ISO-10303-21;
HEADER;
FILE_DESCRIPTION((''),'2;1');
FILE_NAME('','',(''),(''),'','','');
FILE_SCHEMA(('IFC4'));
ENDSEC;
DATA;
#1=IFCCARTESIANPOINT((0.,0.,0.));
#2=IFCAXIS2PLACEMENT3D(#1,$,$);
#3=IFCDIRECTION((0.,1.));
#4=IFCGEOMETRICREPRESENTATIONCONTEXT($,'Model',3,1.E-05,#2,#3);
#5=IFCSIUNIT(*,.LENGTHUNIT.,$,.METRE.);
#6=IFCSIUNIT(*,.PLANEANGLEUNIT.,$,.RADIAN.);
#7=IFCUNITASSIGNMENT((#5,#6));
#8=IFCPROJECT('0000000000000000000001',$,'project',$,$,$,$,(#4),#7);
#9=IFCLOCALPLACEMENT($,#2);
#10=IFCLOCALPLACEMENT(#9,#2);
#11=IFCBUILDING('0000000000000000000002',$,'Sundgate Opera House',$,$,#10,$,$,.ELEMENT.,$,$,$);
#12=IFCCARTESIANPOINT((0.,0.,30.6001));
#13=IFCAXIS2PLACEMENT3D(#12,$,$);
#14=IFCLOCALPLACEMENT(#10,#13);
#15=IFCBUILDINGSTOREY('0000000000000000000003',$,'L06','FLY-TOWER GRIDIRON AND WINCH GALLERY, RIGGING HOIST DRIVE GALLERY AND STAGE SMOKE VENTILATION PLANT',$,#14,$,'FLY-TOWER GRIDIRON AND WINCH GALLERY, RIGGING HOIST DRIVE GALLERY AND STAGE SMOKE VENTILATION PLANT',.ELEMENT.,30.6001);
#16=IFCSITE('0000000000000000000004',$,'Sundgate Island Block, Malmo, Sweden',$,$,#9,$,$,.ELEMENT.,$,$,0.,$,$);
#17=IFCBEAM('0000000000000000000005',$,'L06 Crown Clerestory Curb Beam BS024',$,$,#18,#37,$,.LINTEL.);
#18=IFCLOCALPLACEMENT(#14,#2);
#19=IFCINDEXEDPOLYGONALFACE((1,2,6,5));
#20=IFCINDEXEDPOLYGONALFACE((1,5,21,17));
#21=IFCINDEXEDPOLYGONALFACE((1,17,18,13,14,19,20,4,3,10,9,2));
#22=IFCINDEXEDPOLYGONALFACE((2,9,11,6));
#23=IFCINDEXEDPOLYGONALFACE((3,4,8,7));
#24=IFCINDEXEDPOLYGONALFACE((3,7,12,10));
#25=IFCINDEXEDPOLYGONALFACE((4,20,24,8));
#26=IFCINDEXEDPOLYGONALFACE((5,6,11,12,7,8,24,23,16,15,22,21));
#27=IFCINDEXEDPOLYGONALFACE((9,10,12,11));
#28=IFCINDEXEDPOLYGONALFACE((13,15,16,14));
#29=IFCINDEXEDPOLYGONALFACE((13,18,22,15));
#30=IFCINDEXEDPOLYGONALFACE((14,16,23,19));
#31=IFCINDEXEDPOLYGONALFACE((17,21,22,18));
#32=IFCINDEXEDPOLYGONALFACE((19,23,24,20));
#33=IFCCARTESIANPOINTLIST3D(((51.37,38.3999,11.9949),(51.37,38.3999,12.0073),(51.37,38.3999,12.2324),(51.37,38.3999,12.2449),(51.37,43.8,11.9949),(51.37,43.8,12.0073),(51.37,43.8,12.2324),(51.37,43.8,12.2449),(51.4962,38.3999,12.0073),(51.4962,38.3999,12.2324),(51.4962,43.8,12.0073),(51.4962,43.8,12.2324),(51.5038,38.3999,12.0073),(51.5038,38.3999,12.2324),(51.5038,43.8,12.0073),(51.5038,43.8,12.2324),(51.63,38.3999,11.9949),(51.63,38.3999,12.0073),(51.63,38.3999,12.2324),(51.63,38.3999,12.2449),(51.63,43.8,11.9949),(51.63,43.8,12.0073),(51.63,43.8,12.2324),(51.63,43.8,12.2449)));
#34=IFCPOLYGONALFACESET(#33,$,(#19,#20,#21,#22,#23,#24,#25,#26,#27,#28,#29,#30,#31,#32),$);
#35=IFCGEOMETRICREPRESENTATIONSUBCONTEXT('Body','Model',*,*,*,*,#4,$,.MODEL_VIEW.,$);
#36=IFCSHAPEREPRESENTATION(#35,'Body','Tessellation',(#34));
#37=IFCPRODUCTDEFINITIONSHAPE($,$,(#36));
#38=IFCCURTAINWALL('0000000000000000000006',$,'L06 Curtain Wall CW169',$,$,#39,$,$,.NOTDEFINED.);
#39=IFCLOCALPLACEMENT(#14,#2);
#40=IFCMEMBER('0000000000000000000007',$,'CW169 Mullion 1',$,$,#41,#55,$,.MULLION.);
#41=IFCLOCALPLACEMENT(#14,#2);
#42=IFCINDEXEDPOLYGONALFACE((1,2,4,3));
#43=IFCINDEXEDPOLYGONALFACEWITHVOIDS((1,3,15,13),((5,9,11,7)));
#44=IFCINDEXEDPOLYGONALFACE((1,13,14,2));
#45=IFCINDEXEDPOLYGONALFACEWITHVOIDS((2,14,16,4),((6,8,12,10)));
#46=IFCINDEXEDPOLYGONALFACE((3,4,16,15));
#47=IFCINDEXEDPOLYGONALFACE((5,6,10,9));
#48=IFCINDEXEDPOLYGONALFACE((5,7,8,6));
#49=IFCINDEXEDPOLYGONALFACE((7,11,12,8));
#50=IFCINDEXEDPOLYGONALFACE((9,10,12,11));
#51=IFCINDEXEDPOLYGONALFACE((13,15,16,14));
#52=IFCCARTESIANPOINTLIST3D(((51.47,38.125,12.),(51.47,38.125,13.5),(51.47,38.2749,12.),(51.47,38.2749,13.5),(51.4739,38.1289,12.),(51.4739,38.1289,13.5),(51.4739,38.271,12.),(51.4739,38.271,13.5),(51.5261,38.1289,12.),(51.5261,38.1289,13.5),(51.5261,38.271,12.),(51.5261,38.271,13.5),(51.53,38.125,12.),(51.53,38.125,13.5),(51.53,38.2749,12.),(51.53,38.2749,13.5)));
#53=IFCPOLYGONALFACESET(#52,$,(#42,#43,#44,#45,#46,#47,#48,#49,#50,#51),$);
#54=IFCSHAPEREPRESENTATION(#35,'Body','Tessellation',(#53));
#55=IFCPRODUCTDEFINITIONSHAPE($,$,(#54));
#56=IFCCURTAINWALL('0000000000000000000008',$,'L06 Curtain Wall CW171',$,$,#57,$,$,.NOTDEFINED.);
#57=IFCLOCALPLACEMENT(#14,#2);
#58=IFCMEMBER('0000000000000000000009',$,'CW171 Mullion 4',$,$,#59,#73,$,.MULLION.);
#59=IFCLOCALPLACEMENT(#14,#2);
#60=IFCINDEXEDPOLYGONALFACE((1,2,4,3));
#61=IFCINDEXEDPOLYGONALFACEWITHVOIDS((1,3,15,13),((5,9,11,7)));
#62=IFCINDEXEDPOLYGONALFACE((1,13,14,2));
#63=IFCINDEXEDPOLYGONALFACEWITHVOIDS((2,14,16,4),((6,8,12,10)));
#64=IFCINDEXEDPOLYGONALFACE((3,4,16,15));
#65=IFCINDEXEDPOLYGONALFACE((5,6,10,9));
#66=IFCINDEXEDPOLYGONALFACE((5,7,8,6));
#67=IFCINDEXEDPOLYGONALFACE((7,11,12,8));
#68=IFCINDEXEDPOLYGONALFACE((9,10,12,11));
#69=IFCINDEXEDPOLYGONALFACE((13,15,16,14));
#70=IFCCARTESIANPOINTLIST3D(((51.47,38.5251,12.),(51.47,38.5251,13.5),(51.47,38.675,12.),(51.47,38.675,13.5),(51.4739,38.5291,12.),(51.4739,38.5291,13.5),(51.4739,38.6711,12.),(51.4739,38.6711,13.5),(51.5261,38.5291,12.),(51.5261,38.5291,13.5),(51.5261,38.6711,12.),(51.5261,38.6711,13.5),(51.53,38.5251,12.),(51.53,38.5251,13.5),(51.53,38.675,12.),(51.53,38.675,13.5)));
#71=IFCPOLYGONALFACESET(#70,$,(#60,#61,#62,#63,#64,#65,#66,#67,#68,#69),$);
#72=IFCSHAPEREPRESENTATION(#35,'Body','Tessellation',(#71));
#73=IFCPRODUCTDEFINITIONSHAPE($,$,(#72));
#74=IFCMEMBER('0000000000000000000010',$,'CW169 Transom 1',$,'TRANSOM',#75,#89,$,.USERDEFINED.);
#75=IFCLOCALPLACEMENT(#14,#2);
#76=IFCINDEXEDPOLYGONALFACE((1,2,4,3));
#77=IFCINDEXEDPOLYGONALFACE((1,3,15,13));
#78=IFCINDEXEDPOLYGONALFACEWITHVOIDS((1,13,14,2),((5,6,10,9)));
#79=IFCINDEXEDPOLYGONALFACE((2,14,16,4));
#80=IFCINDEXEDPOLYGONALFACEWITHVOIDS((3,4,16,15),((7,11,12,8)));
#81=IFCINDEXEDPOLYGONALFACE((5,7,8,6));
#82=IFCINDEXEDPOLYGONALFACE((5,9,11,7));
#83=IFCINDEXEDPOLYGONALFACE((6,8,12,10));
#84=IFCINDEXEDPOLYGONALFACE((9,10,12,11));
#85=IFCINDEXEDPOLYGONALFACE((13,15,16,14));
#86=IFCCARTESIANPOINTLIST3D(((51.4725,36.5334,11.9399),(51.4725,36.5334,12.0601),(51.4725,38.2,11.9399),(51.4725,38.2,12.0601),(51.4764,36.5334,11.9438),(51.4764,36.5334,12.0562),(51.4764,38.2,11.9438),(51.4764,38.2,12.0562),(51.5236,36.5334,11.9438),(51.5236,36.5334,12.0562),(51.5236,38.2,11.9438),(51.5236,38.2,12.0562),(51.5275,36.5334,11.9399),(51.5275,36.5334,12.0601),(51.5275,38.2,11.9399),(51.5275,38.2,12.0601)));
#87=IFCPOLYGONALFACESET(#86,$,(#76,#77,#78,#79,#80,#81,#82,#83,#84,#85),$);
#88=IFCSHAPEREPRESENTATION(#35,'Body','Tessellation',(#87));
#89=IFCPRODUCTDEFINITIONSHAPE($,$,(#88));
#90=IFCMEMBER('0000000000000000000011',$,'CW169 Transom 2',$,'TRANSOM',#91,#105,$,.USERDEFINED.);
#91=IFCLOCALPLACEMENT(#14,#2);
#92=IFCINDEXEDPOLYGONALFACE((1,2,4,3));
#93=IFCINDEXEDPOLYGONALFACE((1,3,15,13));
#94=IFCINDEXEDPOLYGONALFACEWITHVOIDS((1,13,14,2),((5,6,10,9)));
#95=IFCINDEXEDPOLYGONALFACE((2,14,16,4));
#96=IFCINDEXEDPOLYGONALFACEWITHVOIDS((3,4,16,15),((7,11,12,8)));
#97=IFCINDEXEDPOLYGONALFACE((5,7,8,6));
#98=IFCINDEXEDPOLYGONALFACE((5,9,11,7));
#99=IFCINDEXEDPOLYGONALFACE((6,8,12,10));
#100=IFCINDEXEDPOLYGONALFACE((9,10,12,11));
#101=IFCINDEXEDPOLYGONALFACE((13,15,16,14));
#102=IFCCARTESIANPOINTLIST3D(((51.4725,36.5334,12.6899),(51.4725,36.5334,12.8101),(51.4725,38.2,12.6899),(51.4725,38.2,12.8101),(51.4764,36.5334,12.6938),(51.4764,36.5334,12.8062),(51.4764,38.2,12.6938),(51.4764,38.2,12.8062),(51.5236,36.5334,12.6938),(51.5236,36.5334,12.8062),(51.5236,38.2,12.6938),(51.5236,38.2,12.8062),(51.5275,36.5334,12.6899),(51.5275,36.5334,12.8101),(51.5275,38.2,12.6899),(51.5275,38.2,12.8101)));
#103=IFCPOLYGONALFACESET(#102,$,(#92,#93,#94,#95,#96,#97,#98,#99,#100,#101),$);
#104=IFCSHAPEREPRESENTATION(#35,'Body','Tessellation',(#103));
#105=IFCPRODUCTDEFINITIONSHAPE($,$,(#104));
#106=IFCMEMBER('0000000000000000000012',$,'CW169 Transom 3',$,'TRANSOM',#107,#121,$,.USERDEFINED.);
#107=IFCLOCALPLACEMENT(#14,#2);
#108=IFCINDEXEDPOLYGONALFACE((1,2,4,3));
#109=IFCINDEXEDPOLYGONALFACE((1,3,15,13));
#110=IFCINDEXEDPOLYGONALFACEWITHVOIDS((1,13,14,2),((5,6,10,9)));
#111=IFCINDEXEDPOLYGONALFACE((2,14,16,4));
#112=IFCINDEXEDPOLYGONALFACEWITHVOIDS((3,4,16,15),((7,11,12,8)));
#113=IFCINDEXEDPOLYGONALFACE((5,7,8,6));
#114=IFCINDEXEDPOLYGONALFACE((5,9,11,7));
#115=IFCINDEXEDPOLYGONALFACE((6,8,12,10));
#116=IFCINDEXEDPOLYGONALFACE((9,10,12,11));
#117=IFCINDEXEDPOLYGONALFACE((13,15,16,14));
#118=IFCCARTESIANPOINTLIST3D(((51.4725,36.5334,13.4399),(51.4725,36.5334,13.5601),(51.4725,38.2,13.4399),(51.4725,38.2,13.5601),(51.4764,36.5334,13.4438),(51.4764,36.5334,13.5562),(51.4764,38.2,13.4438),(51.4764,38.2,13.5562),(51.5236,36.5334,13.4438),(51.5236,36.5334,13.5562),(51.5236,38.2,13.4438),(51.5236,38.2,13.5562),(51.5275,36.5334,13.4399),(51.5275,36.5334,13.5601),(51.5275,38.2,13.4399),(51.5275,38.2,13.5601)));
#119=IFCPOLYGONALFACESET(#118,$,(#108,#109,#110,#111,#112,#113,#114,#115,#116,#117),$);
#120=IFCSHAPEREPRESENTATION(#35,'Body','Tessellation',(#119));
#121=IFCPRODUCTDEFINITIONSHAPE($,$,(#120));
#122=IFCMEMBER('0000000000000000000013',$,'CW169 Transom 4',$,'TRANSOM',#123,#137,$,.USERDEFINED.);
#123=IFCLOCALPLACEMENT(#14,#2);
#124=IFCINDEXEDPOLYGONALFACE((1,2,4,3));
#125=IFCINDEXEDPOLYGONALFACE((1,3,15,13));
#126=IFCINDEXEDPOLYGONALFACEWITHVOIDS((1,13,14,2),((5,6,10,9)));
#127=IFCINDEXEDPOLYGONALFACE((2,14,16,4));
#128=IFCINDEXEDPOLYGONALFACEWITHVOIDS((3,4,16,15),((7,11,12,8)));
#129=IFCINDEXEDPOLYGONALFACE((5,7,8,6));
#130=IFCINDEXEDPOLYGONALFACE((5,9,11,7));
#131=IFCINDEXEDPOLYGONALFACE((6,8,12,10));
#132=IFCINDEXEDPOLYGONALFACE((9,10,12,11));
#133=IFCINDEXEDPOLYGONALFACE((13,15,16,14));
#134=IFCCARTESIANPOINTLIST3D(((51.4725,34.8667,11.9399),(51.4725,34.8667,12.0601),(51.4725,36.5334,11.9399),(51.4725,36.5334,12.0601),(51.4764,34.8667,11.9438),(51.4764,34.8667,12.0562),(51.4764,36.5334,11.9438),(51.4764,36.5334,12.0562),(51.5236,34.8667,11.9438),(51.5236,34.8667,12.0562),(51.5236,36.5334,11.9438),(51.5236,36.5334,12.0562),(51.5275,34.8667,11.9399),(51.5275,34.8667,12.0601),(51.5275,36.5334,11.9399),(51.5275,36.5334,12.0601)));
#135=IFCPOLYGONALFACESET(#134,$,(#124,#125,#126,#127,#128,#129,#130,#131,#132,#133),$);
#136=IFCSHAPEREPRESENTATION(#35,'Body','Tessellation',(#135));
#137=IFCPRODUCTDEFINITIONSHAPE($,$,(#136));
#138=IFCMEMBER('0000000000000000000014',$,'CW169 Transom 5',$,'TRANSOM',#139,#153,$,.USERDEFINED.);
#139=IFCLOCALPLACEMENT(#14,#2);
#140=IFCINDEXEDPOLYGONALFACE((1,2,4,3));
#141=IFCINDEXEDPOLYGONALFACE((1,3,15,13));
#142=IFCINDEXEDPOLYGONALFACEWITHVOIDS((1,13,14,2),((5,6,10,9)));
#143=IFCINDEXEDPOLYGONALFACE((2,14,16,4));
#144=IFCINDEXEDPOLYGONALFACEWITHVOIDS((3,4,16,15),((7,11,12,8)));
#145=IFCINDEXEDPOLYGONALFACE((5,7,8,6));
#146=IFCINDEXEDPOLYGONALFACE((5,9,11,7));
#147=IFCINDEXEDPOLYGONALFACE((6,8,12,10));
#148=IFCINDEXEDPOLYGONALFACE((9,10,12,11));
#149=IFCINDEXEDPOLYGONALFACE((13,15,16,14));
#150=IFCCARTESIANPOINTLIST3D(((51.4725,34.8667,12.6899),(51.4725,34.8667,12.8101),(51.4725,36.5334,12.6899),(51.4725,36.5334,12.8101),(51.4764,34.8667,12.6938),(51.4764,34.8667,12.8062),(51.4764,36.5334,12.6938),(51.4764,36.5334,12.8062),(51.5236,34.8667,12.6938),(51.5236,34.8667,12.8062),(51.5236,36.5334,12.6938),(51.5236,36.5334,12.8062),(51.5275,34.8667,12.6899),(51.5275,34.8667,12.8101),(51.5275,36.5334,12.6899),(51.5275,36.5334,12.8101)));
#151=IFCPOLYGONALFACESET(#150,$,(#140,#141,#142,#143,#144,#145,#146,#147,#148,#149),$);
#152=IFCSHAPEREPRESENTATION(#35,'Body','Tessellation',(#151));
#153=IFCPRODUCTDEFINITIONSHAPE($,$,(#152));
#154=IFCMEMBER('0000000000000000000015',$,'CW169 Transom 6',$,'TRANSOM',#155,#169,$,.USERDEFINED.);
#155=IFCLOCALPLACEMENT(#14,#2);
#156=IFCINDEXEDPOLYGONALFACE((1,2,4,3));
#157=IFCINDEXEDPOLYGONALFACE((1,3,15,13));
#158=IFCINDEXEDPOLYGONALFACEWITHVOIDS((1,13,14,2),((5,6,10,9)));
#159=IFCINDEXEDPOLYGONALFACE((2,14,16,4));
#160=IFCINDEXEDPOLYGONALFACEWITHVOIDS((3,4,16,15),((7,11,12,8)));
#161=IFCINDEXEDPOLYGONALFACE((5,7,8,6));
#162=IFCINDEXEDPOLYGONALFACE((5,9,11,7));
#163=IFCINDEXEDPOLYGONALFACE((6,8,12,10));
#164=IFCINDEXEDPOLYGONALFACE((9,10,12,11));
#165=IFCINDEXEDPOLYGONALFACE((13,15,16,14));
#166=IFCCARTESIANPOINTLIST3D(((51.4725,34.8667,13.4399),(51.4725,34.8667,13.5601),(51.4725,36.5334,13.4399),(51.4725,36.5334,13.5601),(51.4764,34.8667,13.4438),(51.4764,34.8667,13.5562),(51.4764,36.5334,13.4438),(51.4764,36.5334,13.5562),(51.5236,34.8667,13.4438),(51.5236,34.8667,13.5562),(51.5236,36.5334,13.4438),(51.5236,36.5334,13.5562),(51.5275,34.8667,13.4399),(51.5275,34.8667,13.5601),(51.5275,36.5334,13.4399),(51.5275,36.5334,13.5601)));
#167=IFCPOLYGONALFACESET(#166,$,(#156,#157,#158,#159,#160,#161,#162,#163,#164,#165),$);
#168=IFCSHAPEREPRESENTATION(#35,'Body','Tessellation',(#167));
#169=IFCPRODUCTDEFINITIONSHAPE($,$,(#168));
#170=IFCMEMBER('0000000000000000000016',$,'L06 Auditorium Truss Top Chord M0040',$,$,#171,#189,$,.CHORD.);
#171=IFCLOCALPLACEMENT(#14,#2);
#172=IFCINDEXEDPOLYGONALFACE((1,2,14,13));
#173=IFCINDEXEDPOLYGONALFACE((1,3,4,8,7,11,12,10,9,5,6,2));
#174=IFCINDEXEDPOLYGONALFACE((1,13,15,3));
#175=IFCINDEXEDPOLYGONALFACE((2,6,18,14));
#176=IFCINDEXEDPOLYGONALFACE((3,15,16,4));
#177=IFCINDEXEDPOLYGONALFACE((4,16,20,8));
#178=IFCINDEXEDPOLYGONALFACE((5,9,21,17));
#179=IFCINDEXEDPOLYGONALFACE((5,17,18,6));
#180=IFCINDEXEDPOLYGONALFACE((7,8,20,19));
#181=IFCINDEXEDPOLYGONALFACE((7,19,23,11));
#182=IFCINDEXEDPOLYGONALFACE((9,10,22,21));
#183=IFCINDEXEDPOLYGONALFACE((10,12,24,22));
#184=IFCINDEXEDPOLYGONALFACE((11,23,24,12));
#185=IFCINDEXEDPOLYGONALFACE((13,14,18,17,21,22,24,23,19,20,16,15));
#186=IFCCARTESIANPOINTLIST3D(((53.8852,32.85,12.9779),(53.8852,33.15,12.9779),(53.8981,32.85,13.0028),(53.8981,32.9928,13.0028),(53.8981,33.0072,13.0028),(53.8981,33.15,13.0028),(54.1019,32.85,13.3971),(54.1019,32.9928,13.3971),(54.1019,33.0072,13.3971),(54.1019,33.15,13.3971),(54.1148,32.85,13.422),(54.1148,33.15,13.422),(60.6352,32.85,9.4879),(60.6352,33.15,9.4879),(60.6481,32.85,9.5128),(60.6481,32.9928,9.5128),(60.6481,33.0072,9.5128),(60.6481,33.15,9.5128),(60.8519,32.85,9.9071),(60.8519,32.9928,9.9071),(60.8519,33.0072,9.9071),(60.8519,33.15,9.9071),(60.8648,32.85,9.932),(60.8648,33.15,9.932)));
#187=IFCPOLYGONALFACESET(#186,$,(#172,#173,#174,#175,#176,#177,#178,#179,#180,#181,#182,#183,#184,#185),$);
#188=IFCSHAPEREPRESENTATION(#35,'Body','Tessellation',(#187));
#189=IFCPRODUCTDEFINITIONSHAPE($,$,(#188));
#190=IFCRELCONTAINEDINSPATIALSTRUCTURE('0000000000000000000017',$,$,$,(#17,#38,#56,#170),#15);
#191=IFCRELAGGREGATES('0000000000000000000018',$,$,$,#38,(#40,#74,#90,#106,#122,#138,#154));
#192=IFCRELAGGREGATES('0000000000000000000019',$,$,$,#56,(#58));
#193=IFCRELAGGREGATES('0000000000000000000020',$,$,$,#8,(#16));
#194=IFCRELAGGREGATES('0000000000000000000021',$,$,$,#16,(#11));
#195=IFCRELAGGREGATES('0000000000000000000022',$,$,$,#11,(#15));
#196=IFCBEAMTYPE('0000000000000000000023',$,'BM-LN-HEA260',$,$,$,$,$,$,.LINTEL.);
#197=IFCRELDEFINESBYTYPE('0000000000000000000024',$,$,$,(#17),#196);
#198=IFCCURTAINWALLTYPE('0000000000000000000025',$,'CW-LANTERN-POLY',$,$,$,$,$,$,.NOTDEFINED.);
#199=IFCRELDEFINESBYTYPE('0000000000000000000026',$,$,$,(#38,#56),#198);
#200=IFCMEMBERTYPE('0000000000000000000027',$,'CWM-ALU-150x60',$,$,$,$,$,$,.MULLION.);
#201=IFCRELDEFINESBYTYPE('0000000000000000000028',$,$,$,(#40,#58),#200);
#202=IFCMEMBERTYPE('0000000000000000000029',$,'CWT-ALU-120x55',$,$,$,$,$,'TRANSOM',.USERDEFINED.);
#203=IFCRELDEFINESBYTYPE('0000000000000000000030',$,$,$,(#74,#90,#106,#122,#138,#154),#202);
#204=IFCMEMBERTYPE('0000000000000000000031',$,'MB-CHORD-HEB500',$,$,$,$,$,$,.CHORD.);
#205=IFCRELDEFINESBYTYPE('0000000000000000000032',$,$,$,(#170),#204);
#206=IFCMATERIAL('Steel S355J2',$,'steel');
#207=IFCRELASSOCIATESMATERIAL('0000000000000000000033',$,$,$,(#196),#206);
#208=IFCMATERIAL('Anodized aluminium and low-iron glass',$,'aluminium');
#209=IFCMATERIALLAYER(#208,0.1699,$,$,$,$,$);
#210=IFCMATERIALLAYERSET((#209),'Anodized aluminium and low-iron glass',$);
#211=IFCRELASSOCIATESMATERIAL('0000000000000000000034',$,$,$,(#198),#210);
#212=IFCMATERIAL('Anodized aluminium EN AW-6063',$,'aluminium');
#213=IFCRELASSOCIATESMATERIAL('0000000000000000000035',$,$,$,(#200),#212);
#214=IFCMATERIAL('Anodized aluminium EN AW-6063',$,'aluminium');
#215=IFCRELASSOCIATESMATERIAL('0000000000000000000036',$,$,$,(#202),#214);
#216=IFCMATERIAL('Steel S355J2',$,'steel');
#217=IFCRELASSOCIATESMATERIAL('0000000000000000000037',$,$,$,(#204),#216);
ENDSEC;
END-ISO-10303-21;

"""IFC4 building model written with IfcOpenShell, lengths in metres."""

from ifc_helpers import new_model, si_unit, direction, frame, origin, origin_2d, place, context, subcontext, project, spatial, hollow_rectangle, i_section, extrude, material, layer, layer_set, material_profile, profile_set, type_object, element, aggregate, save


model = new_model("IFC4")

# Units and contexts
model_context = context("Model", 3, precision=1e-05, world=origin(), true_north=direction((0.0, 1.0)))
body_context = subcontext(model_context, "Body", "Model", "MODEL_VIEW")
ifc_project = project(units=[si_unit("LENGTHUNIT", "METRE"), si_unit("PLANEANGLEUNIT", "RADIAN")], contexts=[model_context])

# Site, building, storey
site_placement = place(None, origin())
site = spatial("IfcSite", under=ifc_project, at=site_placement, Name="Sundgate Island Block, Malmo, Sweden", CompositionType="ELEMENT", RefElevation=0.0)
building_placement = place(site_placement, origin())
building = spatial("IfcBuilding", under=site, at=building_placement, Name="Sundgate Opera House", CompositionType="ELEMENT")
storey_placement = place(building_placement, frame((0.0, 0.0, 30.6001)))
storey = spatial("IfcBuildingStorey", under=building, at=storey_placement, Name="L06", Description="FLY-TOWER GRIDIRON AND WINCH GALLERY, RIGGING HOIST DRIVE GALLERY AND STAGE SMOKE VENTILATION PLANT", LongName="FLY-TOWER GRIDIRON AND WINCH GALLERY, RIGGING HOIST DRIVE GALLERY AND STAGE SMOKE VENTILATION PLANT", CompositionType="ELEMENT", Elevation=30.6001)

# Beam
ifc_material_1 = material(Name="Steel S355J2", Category="steel")
ifc_material_profile_1 = material_profile(ifc_material_1, i_section(OverallWidth=0.26, OverallDepth=0.25, WebThickness=0.0076, FlangeThickness=0.0125, at=origin_2d()), Name="HEA 260")
ifc_profile_set_1 = profile_set([ifc_material_profile_1], Name="Steel S355J2")
beam_type = type_object("IfcBeamType", Name="BM-LN-HEA260", PredefinedType="LINTEL", material=ifc_profile_set_1)
beam_placement = place(storey_placement, frame((51.5, 38.3999, 12.1199), z_axis=(0.0, 1.0, 0.0), x_axis=(-1.0, 0.0, 0.0)))
element("IfcBeam", 1, at=beam_placement, inside=storey, type_object=beam_type, Name="L06 Crown Clerestory Curb Beam BS024", PredefinedType="LINTEL", context=body_context, shape_type="SweptSolid", body=[
    extrude(i_section(OverallWidth=0.26, OverallDepth=0.25, WebThickness=0.0076, FlangeThickness=0.0125, at=origin_2d()), origin(), (0.0, 0.0, 1.0), 5.4001),
])

# Curtain walls, members
ifc_material_2 = material(Name="Anodized aluminium and low-iron glass", Category="aluminium")
ifc_layer_1 = layer(ifc_material_2, 0.1699)
ifc_layer_set_1 = layer_set([ifc_layer_1], Name="Anodized aluminium and low-iron glass")
curtain_wall_type = type_object("IfcCurtainWallType", Name="CW-LANTERN-POLY", PredefinedType="NOTDEFINED", material=ifc_layer_set_1)
curtain_wall_1_placement = place(storey_placement, origin())
curtain_wall_1 = element("IfcCurtainWall", 2, at=curtain_wall_1_placement, inside=storey, type_object=curtain_wall_type, Name="L06 Curtain Wall CW169", PredefinedType="NOTDEFINED")
ifc_material_3 = material(Name="Anodized aluminium EN AW-6063", Category="aluminium")
ifc_material_profile_2 = material_profile(ifc_material_3, hollow_rectangle(XDim=0.0601, YDim=0.1499, WallThickness=0.0039, at=origin_2d()), Name="CWM 150x60x4")
ifc_profile_set_2 = profile_set([ifc_material_profile_2], Name="Anodized aluminium EN AW-6063")
member_type_1 = type_object("IfcMemberType", Name="CWM-ALU-150x60", PredefinedType="MULLION", material=ifc_profile_set_2)
member_1_placement = place(storey_placement, frame((51.5, 38.2, 12.0), z_axis=(0.0, 0.0, 1.0), x_axis=(1.0, 0.0, 0.0)))
member_1 = element("IfcMember", 3, at=member_1_placement, type_object=member_type_1, Name="CW169 Mullion 1", PredefinedType="MULLION", context=body_context, shape_type="SweptSolid", body=[
    extrude(hollow_rectangle(XDim=0.0601, YDim=0.1499, WallThickness=0.0039, at=origin_2d()), origin(), (0.0, 0.0, 1.0), 1.5),
])
curtain_wall_2_placement = place(storey_placement, origin())
curtain_wall_2 = element("IfcCurtainWall", 4, at=curtain_wall_2_placement, inside=storey, type_object=curtain_wall_type, Name="L06 Curtain Wall CW171", PredefinedType="NOTDEFINED")
member_2_placement = place(storey_placement, frame((51.5, 38.6001, 12.0), z_axis=(0.0, 0.0, 1.0), x_axis=(1.0, 0.0, 0.0)))
member_2 = element("IfcMember", 5, at=member_2_placement, type_object=member_type_1, Name="CW171 Mullion 4", PredefinedType="MULLION", context=body_context, shape_type="SweptSolid", body=[
    extrude(hollow_rectangle(XDim=0.0601, YDim=0.1499, WallThickness=0.0039, at=origin_2d()), origin(), (0.0, 0.0, 1.0), 1.5),
])

# Members
ifc_material_4 = material(Name="Anodized aluminium EN AW-6063", Category="aluminium")
ifc_material_profile_3 = material_profile(ifc_material_4, hollow_rectangle(XDim=0.0549, YDim=0.1201, WallThickness=0.0039, at=origin_2d()), Name="CWT 120x55x4")
ifc_profile_set_3 = profile_set([ifc_material_profile_3], Name="Anodized aluminium EN AW-6063")
member_type_2 = type_object("IfcMemberType", Name="CWT-ALU-120x55", ElementType="TRANSOM", PredefinedType="USERDEFINED", material=ifc_profile_set_3)
member_3_placement = place(storey_placement, frame((51.5, 38.2, 12.0), z_axis=(0.0, -1.0, 0.0), x_axis=(1.0, 0.0, 0.0)))
member_3 = element("IfcMember", 6, at=member_3_placement, type_object=member_type_2, Name="CW169 Transom 1", ObjectType="TRANSOM", PredefinedType="USERDEFINED", context=body_context, shape_type="SweptSolid", body=[
    extrude(hollow_rectangle(XDim=0.0549, YDim=0.1201, WallThickness=0.0039, at=origin_2d()), origin(), (0.0, 0.0, 1.0), 1.6665),
])
member_4_placement = place(storey_placement, frame((51.5, 38.2, 12.75), z_axis=(0.0, -1.0, 0.0), x_axis=(1.0, 0.0, 0.0)))
member_4 = element("IfcMember", 7, at=member_4_placement, type_object=member_type_2, Name="CW169 Transom 2", ObjectType="TRANSOM", PredefinedType="USERDEFINED", context=body_context, shape_type="SweptSolid", body=[
    extrude(hollow_rectangle(XDim=0.0549, YDim=0.1201, WallThickness=0.0039, at=origin_2d()), origin(), (0.0, 0.0, 1.0), 1.6665),
])
member_5_placement = place(storey_placement, frame((51.5, 38.2, 13.5), z_axis=(0.0, -1.0, 0.0), x_axis=(1.0, 0.0, 0.0)))
member_5 = element("IfcMember", 8, at=member_5_placement, type_object=member_type_2, Name="CW169 Transom 3", ObjectType="TRANSOM", PredefinedType="USERDEFINED", context=body_context, shape_type="SweptSolid", body=[
    extrude(hollow_rectangle(XDim=0.0549, YDim=0.1201, WallThickness=0.0039, at=origin_2d()), origin(), (0.0, 0.0, 1.0), 1.6665),
])
member_6_placement = place(storey_placement, frame((51.5, 36.5334, 12.0), z_axis=(0.0, -1.0, 0.0), x_axis=(1.0, 0.0, 0.0)))
member_6 = element("IfcMember", 9, at=member_6_placement, type_object=member_type_2, Name="CW169 Transom 4", ObjectType="TRANSOM", PredefinedType="USERDEFINED", context=body_context, shape_type="SweptSolid", body=[
    extrude(hollow_rectangle(XDim=0.0549, YDim=0.1201, WallThickness=0.0039, at=origin_2d()), origin(), (0.0, 0.0, 1.0), 1.6667),
])
member_7_placement = place(storey_placement, frame((51.5, 36.5334, 12.75), z_axis=(0.0, -1.0, 0.0), x_axis=(1.0, 0.0, 0.0)))
member_7 = element("IfcMember", 10, at=member_7_placement, type_object=member_type_2, Name="CW169 Transom 5", ObjectType="TRANSOM", PredefinedType="USERDEFINED", context=body_context, shape_type="SweptSolid", body=[
    extrude(hollow_rectangle(XDim=0.0549, YDim=0.1201, WallThickness=0.0039, at=origin_2d()), origin(), (0.0, 0.0, 1.0), 1.6667),
])
member_8_placement = place(storey_placement, frame((51.5, 36.5334, 13.5), z_axis=(0.0, -1.0, 0.0), x_axis=(1.0, 0.0, 0.0)))
member_8 = element("IfcMember", 11, at=member_8_placement, type_object=member_type_2, Name="CW169 Transom 6", ObjectType="TRANSOM", PredefinedType="USERDEFINED", context=body_context, shape_type="SweptSolid", body=[
    extrude(hollow_rectangle(XDim=0.0549, YDim=0.1201, WallThickness=0.0039, at=origin_2d()), origin(), (0.0, 0.0, 1.0), 1.6667),
])

# Member
ifc_material_5 = material(Name="Steel S355J2", Category="steel")
ifc_material_profile_4 = material_profile(ifc_material_5, i_section(OverallWidth=0.3, OverallDepth=0.5, WebThickness=0.0144, FlangeThickness=0.0281, at=origin_2d()), Name="HEB 500")
ifc_profile_set_4 = profile_set([ifc_material_profile_4], Name="Steel S355J2")
member_type_3 = type_object("IfcMemberType", Name="MB-CHORD-HEB500", PredefinedType="CHORD", material=ifc_profile_set_4)
for number, where, z_axis, x_axis, name in (
    (12, (54.0, 33.0, 13.2), (0.888292, 0.0, -0.459279), (0.0, 1.0, 0.0), "L06 Auditorium Truss Top Chord M0040"),
):
    element("IfcMember", number, at=place(storey_placement, frame(where, z_axis=z_axis, x_axis=x_axis)), inside=storey, type_object=member_type_3, Name=name, PredefinedType="CHORD", context=body_context, shape_type="SweptSolid", body=[
        extrude(i_section(OverallWidth=0.3, OverallDepth=0.5, WebThickness=0.0144, FlangeThickness=0.0281, at=origin_2d()), origin(), (0.0, 0.0, 1.0), 7.5989),
    ])

aggregate(curtain_wall_1, [member_1, member_3, member_4, member_5, member_6, member_7, member_8])
aggregate(curtain_wall_2, [member_2])

save(model, "model.ifc")
